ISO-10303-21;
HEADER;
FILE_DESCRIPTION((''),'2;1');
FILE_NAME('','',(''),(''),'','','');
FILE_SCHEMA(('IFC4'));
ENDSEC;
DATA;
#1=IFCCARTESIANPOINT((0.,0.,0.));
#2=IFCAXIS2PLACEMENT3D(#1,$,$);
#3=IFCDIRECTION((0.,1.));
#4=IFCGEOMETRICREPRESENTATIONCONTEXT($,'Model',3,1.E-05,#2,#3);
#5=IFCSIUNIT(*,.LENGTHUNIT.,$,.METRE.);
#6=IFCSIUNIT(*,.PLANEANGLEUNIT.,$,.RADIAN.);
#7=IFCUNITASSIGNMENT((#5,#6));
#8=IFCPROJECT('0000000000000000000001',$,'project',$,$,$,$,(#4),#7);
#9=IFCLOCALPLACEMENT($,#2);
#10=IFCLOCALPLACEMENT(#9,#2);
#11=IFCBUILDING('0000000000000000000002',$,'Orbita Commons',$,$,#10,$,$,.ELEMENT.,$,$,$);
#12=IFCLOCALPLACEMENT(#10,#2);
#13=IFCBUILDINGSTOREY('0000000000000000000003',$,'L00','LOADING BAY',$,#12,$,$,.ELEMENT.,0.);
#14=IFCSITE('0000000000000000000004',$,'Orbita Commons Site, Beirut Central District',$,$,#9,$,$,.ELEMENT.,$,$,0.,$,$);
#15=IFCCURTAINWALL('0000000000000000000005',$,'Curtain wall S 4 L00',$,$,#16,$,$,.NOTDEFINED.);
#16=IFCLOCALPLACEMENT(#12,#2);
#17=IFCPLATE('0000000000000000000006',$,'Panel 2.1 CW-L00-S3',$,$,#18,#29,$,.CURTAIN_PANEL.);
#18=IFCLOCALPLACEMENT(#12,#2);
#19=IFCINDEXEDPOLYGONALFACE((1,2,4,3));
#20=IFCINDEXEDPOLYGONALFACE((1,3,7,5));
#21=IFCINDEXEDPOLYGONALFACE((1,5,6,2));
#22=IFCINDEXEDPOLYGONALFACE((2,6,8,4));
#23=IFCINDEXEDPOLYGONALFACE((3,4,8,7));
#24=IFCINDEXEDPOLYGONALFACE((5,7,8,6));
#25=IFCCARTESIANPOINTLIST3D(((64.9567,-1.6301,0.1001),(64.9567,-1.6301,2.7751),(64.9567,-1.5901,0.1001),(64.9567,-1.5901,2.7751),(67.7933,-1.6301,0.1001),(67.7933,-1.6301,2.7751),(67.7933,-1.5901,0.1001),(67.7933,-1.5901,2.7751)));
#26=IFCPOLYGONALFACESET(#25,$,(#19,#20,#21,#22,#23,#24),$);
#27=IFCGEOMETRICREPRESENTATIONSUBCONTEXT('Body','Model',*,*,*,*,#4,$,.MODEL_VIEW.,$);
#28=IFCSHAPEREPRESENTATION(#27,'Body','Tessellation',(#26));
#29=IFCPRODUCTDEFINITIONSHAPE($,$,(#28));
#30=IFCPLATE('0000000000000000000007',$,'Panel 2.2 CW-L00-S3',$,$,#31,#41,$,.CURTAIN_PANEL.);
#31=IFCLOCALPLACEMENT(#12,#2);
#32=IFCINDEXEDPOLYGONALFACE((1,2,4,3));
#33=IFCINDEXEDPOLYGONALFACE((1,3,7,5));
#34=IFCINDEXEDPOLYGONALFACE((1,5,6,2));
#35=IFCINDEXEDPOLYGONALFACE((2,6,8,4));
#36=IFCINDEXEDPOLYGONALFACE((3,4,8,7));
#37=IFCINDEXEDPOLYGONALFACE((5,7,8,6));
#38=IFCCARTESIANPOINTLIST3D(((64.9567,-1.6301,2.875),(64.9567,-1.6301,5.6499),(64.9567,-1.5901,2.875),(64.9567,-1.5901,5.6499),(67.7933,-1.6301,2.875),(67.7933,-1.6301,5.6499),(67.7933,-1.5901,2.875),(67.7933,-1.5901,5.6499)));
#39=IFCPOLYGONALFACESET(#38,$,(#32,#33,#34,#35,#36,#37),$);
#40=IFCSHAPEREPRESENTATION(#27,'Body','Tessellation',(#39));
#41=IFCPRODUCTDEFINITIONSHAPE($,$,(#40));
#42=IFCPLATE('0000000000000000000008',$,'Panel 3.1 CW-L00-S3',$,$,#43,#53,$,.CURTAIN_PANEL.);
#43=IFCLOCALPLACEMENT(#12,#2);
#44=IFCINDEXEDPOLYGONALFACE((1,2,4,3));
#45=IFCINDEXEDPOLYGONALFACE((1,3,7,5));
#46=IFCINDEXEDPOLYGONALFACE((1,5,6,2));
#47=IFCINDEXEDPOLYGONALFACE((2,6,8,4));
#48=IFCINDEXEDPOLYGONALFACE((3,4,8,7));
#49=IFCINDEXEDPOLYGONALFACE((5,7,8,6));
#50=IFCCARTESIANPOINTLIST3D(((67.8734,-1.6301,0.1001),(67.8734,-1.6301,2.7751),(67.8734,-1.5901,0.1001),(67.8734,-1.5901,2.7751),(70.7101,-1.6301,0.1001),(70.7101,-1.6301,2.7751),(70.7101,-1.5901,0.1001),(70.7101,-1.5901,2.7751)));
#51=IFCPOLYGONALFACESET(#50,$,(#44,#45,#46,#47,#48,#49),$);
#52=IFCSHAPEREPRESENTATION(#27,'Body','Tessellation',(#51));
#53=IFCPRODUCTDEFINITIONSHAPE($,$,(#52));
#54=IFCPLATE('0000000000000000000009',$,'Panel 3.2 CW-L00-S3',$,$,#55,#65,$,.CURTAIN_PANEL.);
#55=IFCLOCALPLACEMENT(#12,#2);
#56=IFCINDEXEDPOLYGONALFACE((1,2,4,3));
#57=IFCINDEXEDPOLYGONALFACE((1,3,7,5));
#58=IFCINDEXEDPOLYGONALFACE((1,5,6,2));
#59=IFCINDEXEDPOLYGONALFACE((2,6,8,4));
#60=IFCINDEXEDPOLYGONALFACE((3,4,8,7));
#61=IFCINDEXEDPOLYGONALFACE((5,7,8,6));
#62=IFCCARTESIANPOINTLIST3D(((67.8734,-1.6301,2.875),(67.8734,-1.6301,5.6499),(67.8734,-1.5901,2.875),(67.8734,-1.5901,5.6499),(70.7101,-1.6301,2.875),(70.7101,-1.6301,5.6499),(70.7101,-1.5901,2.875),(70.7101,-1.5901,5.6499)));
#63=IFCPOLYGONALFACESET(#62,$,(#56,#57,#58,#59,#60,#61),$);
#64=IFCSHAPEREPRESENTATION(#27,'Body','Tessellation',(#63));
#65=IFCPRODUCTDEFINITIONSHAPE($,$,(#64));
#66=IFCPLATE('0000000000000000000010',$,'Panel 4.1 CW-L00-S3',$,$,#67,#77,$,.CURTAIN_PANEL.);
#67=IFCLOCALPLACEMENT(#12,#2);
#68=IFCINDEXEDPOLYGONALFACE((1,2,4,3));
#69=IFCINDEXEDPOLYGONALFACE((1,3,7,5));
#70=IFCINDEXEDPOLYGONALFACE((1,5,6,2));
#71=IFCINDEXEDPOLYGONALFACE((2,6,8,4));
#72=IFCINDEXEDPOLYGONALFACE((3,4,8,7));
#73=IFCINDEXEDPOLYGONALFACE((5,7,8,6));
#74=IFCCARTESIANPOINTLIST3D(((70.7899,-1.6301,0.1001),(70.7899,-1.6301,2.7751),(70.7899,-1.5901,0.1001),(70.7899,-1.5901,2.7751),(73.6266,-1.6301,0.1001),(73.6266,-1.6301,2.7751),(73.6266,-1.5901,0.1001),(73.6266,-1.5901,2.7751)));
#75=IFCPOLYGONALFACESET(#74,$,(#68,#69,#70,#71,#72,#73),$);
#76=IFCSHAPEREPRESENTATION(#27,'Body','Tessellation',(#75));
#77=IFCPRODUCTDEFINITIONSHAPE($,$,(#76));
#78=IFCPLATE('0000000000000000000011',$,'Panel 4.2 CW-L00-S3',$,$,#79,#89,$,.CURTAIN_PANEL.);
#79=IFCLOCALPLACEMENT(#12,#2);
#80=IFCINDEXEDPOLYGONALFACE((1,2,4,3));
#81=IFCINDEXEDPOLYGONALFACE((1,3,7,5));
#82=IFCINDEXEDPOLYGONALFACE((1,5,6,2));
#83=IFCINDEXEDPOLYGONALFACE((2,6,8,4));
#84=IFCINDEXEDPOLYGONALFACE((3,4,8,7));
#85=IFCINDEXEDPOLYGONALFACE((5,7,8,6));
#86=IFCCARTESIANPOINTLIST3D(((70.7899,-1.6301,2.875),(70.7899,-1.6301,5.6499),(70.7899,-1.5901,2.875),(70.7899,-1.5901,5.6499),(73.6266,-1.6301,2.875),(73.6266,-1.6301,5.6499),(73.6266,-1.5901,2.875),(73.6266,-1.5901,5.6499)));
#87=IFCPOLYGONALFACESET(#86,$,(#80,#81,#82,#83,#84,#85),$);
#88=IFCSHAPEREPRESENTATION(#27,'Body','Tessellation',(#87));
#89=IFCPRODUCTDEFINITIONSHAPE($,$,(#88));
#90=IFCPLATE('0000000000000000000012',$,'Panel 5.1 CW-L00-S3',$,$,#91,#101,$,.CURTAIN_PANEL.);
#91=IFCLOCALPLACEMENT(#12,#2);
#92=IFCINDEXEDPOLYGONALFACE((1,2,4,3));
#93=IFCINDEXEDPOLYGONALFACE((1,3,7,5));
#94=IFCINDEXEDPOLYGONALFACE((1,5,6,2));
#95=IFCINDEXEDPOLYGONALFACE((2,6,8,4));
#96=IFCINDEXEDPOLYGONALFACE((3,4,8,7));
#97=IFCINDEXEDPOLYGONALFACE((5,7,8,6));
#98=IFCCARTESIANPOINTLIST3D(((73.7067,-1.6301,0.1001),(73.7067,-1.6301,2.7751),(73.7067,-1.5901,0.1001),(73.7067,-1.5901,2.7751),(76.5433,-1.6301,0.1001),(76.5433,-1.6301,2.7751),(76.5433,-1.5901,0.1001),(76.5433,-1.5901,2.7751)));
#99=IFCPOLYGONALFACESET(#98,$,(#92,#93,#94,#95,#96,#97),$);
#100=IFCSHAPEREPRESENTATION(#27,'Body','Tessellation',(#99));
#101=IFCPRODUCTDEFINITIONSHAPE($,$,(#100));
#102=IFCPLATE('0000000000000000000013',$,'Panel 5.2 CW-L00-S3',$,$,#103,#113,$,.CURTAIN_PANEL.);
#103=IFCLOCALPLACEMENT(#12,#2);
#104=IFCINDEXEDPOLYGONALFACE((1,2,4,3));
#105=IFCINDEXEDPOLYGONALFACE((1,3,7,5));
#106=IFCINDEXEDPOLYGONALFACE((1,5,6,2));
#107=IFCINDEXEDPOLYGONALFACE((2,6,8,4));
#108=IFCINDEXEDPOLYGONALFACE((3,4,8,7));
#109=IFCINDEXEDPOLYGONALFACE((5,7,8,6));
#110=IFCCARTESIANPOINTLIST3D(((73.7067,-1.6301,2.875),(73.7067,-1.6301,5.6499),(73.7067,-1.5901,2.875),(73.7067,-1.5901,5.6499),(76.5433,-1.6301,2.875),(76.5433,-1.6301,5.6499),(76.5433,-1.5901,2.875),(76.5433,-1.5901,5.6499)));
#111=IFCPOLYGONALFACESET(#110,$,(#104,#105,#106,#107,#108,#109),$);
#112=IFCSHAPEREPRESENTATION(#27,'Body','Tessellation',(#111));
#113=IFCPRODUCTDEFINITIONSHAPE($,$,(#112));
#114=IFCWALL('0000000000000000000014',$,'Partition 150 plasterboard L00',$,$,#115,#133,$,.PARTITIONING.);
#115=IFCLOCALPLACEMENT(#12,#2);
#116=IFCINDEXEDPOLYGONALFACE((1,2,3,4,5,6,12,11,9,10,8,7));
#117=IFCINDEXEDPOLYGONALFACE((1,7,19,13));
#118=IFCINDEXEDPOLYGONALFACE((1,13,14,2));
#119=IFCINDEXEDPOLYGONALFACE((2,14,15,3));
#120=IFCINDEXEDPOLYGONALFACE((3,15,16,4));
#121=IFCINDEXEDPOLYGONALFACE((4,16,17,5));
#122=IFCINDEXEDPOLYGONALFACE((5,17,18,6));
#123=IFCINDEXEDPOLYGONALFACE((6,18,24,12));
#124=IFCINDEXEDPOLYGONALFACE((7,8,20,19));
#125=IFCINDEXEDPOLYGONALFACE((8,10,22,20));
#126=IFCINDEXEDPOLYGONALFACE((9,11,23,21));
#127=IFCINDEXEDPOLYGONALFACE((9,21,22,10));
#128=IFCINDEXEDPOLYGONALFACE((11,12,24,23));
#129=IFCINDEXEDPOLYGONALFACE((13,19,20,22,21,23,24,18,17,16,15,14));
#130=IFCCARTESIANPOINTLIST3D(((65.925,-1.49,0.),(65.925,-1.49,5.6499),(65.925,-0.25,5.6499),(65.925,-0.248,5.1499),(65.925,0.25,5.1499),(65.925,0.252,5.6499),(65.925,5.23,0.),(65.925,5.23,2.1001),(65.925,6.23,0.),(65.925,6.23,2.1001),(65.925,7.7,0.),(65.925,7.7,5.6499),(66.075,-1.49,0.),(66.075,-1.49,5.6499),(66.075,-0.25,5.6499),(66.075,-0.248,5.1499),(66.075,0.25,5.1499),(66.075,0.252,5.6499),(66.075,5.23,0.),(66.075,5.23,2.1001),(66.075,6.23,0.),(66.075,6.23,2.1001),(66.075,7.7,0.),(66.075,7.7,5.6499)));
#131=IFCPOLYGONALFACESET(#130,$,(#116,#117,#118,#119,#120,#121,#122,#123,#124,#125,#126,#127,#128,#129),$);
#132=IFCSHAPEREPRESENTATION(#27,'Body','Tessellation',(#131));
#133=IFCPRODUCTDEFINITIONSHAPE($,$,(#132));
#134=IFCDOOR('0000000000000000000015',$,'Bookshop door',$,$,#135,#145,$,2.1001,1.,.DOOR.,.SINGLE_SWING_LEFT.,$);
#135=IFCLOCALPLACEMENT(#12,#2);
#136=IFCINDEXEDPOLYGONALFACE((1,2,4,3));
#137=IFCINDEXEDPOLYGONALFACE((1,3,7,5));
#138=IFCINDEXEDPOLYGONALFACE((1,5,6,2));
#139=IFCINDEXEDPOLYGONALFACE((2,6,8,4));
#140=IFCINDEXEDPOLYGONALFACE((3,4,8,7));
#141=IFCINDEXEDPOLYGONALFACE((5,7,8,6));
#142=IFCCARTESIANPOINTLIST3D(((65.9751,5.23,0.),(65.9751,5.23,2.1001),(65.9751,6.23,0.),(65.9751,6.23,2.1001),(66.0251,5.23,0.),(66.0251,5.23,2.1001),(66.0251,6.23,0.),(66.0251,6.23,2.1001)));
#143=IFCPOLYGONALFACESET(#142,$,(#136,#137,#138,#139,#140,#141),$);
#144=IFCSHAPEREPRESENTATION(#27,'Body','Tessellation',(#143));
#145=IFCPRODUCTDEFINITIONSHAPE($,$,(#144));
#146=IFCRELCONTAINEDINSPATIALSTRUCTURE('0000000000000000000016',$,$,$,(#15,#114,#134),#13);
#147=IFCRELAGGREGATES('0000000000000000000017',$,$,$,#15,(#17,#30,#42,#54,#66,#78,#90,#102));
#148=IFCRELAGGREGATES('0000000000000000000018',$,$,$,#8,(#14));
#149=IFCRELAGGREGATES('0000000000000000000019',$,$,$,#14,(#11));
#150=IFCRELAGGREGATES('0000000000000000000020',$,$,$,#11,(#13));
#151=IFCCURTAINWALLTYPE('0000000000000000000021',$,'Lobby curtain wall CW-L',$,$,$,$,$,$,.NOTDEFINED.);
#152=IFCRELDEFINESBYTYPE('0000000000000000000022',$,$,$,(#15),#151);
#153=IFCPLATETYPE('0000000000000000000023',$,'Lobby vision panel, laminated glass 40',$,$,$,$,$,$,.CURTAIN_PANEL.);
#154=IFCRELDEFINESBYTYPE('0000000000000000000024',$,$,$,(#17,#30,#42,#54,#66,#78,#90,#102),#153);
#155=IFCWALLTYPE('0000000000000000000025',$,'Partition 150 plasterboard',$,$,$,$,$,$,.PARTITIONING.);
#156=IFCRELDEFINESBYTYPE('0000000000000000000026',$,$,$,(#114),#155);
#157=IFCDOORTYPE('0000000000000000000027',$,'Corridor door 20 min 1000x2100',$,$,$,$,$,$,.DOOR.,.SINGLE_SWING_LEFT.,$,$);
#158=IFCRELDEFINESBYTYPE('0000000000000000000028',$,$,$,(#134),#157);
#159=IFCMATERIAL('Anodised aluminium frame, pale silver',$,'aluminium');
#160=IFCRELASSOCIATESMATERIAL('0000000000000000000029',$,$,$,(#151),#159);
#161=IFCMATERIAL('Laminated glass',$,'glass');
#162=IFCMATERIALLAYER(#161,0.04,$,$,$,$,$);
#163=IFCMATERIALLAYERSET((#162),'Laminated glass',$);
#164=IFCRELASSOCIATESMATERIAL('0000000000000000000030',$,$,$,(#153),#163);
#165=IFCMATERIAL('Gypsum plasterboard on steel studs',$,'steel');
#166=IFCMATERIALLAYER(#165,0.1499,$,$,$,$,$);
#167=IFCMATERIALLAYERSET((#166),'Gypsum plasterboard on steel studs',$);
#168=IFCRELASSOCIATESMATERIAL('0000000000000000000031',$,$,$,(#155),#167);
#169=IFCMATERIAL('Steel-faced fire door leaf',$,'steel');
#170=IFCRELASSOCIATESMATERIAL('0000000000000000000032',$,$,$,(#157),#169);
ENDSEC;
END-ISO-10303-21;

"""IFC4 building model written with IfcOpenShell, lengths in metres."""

from ifc_helpers import new_model, si_unit, direction, frame, frame_2d, origin, origin_2d, place, context, subcontext, project, spatial, polyline, rectangle, outline, extrude, material, layer, layer_set, type_object, element, fill, aggregate, save


model = new_model("IFC4")

# Units and contexts
model_context = context("Model", 3, precision=1e-05, world=origin(), true_north=direction((0.0, 1.0)))
body_context = subcontext(model_context, "Body", "Model", "MODEL_VIEW")
ifc_project = project(units=[si_unit("LENGTHUNIT", "METRE"), si_unit("PLANEANGLEUNIT", "RADIAN")], contexts=[model_context])

# Site, building, storey
site_placement = place(None, origin())
site = spatial("IfcSite", under=ifc_project, at=site_placement, Name="Orbita Commons Site, Beirut Central District", CompositionType="ELEMENT", RefElevation=0.0)
building_placement = place(site_placement, origin())
building = spatial("IfcBuilding", under=site, at=building_placement, Name="Orbita Commons", CompositionType="ELEMENT")
storey_placement = place(building_placement, origin())
storey = spatial("IfcBuildingStorey", under=building, at=storey_placement, Name="L00", Description="LOADING BAY", CompositionType="ELEMENT", Elevation=0.0)

# Curtain wall, plates
ifc_material_1 = material(Name="Anodised aluminium frame, pale silver", Category="aluminium")
curtain_wall_type = type_object("IfcCurtainWallType", Name="Lobby curtain wall CW-L", PredefinedType="NOTDEFINED", material=ifc_material_1)
curtain_wall_placement = place(storey_placement, origin())
curtain_wall = element("IfcCurtainWall", 1, at=curtain_wall_placement, inside=storey, type_object=curtain_wall_type, Name="Curtain wall S 4 L00", PredefinedType="NOTDEFINED")
ifc_material_2 = material(Name="Laminated glass", Category="glass")
ifc_layer_1 = layer(ifc_material_2, 0.04)
ifc_layer_set_1 = layer_set([ifc_layer_1], Name="Laminated glass")
plate_type = type_object("IfcPlateType", Name="Lobby vision panel, laminated glass 40", PredefinedType="CURTAIN_PANEL", material=ifc_layer_set_1)
plate_1_placement = place(storey_placement, frame((66.375, -1.6101, 0.1001), z_axis=(0.0, 0.0, 1.0), x_axis=(1.0, 0.0, 0.0)))
plate_1 = element("IfcPlate", 2, at=plate_1_placement, type_object=plate_type, Name="Panel 2.1 CW-L00-S3", PredefinedType="CURTAIN_PANEL", context=body_context, shape_type="SweptSolid", body=[
    extrude(rectangle(XDim=2.8367, YDim=0.04, at=origin_2d()), origin(), (0.0, 0.0, 1.0), 2.675),
])
plate_2_placement = place(storey_placement, frame((66.375, -1.6101, 2.875), z_axis=(0.0, 0.0, 1.0), x_axis=(1.0, 0.0, 0.0)))
plate_2 = element("IfcPlate", 3, at=plate_2_placement, type_object=plate_type, Name="Panel 2.2 CW-L00-S3", PredefinedType="CURTAIN_PANEL", context=body_context, shape_type="SweptSolid", body=[
    extrude(rectangle(XDim=2.8367, YDim=0.04, at=origin_2d()), origin(), (0.0, 0.0, 1.0), 2.7749),
])
plate_3_placement = place(storey_placement, frame((69.2917, -1.6101, 0.1001), z_axis=(0.0, 0.0, 1.0), x_axis=(1.0, 0.0, 0.0)))
plate_3 = element("IfcPlate", 4, at=plate_3_placement, type_object=plate_type, Name="Panel 3.1 CW-L00-S3", PredefinedType="CURTAIN_PANEL", context=body_context, shape_type="SweptSolid", body=[
    extrude(rectangle(XDim=2.8367, YDim=0.04, at=origin_2d()), origin(), (0.0, 0.0, 1.0), 2.675),
])
plate_4_placement = place(storey_placement, frame((69.2917, -1.6101, 2.875), z_axis=(0.0, 0.0, 1.0), x_axis=(1.0, 0.0, 0.0)))
plate_4 = element("IfcPlate", 5, at=plate_4_placement, type_object=plate_type, Name="Panel 3.2 CW-L00-S3", PredefinedType="CURTAIN_PANEL", context=body_context, shape_type="SweptSolid", body=[
    extrude(rectangle(XDim=2.8367, YDim=0.04, at=origin_2d()), origin(), (0.0, 0.0, 1.0), 2.7749),
])
plate_5_placement = place(storey_placement, frame((72.2083, -1.6101, 0.1001), z_axis=(0.0, 0.0, 1.0), x_axis=(1.0, 0.0, 0.0)))
plate_5 = element("IfcPlate", 6, at=plate_5_placement, type_object=plate_type, Name="Panel 4.1 CW-L00-S3", PredefinedType="CURTAIN_PANEL", context=body_context, shape_type="SweptSolid", body=[
    extrude(rectangle(XDim=2.8367, YDim=0.04, at=origin_2d()), origin(), (0.0, 0.0, 1.0), 2.675),
])
plate_6_placement = place(storey_placement, frame((72.2083, -1.6101, 2.875), z_axis=(0.0, 0.0, 1.0), x_axis=(1.0, 0.0, 0.0)))
plate_6 = element("IfcPlate", 7, at=plate_6_placement, type_object=plate_type, Name="Panel 4.2 CW-L00-S3", PredefinedType="CURTAIN_PANEL", context=body_context, shape_type="SweptSolid", body=[
    extrude(rectangle(XDim=2.8367, YDim=0.04, at=origin_2d()), origin(), (0.0, 0.0, 1.0), 2.7749),
])
plate_7_placement = place(storey_placement, frame((75.125, -1.6101, 0.1001), z_axis=(0.0, 0.0, 1.0), x_axis=(1.0, 0.0, 0.0)))
plate_7 = element("IfcPlate", 8, at=plate_7_placement, type_object=plate_type, Name="Panel 5.1 CW-L00-S3", PredefinedType="CURTAIN_PANEL", context=body_context, shape_type="SweptSolid", body=[
    extrude(rectangle(XDim=2.8367, YDim=0.04, at=origin_2d()), origin(), (0.0, 0.0, 1.0), 2.675),
])
plate_8_placement = place(storey_placement, frame((75.125, -1.6101, 2.875), z_axis=(0.0, 0.0, 1.0), x_axis=(1.0, 0.0, 0.0)))
plate_8 = element("IfcPlate", 9, at=plate_8_placement, type_object=plate_type, Name="Panel 5.2 CW-L00-S3", PredefinedType="CURTAIN_PANEL", context=body_context, shape_type="SweptSolid", body=[
    extrude(rectangle(XDim=2.8367, YDim=0.04, at=origin_2d()), origin(), (0.0, 0.0, 1.0), 2.7749),
])
aggregate(curtain_wall, [plate_1, plate_2, plate_3, plate_4, plate_5, plate_6, plate_7, plate_8])

# Wall, opening, door
ifc_material_3 = material(Name="Gypsum plasterboard on steel studs", Category="steel")
ifc_layer_2 = layer(ifc_material_3, 0.1499)
ifc_layer_set_2 = layer_set([ifc_layer_2], Name="Gypsum plasterboard on steel studs")
wall_type = type_object("IfcWallType", Name="Partition 150 plasterboard", PredefinedType="PARTITIONING", material=ifc_layer_set_2)
wall_placement = place(storey_placement, frame((66.0, -1.49, 0.0), z_axis=(0.0, 0.0, 1.0), x_axis=(0.0, 1.0, 0.0)))
wall = element("IfcWall", 10, at=wall_placement, inside=storey, type_object=wall_type, Name="Partition 150 plasterboard L00", PredefinedType="PARTITIONING", context=body_context, shape_type="SweptSolid", body=[
    extrude(outline(polyline([(0.0, 0.0), (9.1899, 0.0), (9.1899, 5.6499), (1.7419, 5.6499), (1.74, 5.1499), (1.2419, 5.1499), (1.24, 5.6499), (0.0, 5.6499), (0.0, 0.0)])), frame((0.0, 0.075, 0.0), z_axis=(0.0, -1.0, 0.0), x_axis=(1.0, 0.0, 0.0)), (0.0, 0.0, 1.0), 0.1499),
])
opening_placement = place(wall_placement, frame((6.72, 0.0, 0.0)))
opening = element("IfcOpeningElement", 11, at=opening_placement, cuts=wall, PredefinedType="OPENING", context=body_context, shape_type="SweptSolid", body=[
    extrude(rectangle(XDim=1.0, YDim=2.1001, at=frame_2d((0.5, 1.05))), frame((0.0, 0.085, 0.0), z_axis=(0.0, -1.0, 0.0), x_axis=(1.0, 0.0, 0.0)), (0.0, 0.0, 1.0), 0.1699),
])
ifc_material_4 = material(Name="Steel-faced fire door leaf", Category="steel")
door_type = type_object("IfcDoorType", Name="Corridor door 20 min 1000x2100", OperationType="SINGLE_SWING_LEFT", PredefinedType="DOOR", material=ifc_material_4)
door_placement = place(opening_placement, origin())
door = element("IfcDoor", 12, at=door_placement, inside=storey, type_object=door_type, Name="Bookshop door", OperationType="SINGLE_SWING_LEFT", OverallHeight=2.1001, OverallWidth=1.0, PredefinedType="DOOR", context=body_context, shape_type="SweptSolid", body=[
    extrude(rectangle(XDim=1.0, YDim=2.1001, at=frame_2d((0.5, 1.05))), frame((0.0, 0.0249, 0.0), z_axis=(0.0, -1.0, 0.0), x_axis=(1.0, 0.0, 0.0)), (0.0, 0.0, 1.0), 0.05),
])
fill(opening, door)

save(model, "model.ifc")
